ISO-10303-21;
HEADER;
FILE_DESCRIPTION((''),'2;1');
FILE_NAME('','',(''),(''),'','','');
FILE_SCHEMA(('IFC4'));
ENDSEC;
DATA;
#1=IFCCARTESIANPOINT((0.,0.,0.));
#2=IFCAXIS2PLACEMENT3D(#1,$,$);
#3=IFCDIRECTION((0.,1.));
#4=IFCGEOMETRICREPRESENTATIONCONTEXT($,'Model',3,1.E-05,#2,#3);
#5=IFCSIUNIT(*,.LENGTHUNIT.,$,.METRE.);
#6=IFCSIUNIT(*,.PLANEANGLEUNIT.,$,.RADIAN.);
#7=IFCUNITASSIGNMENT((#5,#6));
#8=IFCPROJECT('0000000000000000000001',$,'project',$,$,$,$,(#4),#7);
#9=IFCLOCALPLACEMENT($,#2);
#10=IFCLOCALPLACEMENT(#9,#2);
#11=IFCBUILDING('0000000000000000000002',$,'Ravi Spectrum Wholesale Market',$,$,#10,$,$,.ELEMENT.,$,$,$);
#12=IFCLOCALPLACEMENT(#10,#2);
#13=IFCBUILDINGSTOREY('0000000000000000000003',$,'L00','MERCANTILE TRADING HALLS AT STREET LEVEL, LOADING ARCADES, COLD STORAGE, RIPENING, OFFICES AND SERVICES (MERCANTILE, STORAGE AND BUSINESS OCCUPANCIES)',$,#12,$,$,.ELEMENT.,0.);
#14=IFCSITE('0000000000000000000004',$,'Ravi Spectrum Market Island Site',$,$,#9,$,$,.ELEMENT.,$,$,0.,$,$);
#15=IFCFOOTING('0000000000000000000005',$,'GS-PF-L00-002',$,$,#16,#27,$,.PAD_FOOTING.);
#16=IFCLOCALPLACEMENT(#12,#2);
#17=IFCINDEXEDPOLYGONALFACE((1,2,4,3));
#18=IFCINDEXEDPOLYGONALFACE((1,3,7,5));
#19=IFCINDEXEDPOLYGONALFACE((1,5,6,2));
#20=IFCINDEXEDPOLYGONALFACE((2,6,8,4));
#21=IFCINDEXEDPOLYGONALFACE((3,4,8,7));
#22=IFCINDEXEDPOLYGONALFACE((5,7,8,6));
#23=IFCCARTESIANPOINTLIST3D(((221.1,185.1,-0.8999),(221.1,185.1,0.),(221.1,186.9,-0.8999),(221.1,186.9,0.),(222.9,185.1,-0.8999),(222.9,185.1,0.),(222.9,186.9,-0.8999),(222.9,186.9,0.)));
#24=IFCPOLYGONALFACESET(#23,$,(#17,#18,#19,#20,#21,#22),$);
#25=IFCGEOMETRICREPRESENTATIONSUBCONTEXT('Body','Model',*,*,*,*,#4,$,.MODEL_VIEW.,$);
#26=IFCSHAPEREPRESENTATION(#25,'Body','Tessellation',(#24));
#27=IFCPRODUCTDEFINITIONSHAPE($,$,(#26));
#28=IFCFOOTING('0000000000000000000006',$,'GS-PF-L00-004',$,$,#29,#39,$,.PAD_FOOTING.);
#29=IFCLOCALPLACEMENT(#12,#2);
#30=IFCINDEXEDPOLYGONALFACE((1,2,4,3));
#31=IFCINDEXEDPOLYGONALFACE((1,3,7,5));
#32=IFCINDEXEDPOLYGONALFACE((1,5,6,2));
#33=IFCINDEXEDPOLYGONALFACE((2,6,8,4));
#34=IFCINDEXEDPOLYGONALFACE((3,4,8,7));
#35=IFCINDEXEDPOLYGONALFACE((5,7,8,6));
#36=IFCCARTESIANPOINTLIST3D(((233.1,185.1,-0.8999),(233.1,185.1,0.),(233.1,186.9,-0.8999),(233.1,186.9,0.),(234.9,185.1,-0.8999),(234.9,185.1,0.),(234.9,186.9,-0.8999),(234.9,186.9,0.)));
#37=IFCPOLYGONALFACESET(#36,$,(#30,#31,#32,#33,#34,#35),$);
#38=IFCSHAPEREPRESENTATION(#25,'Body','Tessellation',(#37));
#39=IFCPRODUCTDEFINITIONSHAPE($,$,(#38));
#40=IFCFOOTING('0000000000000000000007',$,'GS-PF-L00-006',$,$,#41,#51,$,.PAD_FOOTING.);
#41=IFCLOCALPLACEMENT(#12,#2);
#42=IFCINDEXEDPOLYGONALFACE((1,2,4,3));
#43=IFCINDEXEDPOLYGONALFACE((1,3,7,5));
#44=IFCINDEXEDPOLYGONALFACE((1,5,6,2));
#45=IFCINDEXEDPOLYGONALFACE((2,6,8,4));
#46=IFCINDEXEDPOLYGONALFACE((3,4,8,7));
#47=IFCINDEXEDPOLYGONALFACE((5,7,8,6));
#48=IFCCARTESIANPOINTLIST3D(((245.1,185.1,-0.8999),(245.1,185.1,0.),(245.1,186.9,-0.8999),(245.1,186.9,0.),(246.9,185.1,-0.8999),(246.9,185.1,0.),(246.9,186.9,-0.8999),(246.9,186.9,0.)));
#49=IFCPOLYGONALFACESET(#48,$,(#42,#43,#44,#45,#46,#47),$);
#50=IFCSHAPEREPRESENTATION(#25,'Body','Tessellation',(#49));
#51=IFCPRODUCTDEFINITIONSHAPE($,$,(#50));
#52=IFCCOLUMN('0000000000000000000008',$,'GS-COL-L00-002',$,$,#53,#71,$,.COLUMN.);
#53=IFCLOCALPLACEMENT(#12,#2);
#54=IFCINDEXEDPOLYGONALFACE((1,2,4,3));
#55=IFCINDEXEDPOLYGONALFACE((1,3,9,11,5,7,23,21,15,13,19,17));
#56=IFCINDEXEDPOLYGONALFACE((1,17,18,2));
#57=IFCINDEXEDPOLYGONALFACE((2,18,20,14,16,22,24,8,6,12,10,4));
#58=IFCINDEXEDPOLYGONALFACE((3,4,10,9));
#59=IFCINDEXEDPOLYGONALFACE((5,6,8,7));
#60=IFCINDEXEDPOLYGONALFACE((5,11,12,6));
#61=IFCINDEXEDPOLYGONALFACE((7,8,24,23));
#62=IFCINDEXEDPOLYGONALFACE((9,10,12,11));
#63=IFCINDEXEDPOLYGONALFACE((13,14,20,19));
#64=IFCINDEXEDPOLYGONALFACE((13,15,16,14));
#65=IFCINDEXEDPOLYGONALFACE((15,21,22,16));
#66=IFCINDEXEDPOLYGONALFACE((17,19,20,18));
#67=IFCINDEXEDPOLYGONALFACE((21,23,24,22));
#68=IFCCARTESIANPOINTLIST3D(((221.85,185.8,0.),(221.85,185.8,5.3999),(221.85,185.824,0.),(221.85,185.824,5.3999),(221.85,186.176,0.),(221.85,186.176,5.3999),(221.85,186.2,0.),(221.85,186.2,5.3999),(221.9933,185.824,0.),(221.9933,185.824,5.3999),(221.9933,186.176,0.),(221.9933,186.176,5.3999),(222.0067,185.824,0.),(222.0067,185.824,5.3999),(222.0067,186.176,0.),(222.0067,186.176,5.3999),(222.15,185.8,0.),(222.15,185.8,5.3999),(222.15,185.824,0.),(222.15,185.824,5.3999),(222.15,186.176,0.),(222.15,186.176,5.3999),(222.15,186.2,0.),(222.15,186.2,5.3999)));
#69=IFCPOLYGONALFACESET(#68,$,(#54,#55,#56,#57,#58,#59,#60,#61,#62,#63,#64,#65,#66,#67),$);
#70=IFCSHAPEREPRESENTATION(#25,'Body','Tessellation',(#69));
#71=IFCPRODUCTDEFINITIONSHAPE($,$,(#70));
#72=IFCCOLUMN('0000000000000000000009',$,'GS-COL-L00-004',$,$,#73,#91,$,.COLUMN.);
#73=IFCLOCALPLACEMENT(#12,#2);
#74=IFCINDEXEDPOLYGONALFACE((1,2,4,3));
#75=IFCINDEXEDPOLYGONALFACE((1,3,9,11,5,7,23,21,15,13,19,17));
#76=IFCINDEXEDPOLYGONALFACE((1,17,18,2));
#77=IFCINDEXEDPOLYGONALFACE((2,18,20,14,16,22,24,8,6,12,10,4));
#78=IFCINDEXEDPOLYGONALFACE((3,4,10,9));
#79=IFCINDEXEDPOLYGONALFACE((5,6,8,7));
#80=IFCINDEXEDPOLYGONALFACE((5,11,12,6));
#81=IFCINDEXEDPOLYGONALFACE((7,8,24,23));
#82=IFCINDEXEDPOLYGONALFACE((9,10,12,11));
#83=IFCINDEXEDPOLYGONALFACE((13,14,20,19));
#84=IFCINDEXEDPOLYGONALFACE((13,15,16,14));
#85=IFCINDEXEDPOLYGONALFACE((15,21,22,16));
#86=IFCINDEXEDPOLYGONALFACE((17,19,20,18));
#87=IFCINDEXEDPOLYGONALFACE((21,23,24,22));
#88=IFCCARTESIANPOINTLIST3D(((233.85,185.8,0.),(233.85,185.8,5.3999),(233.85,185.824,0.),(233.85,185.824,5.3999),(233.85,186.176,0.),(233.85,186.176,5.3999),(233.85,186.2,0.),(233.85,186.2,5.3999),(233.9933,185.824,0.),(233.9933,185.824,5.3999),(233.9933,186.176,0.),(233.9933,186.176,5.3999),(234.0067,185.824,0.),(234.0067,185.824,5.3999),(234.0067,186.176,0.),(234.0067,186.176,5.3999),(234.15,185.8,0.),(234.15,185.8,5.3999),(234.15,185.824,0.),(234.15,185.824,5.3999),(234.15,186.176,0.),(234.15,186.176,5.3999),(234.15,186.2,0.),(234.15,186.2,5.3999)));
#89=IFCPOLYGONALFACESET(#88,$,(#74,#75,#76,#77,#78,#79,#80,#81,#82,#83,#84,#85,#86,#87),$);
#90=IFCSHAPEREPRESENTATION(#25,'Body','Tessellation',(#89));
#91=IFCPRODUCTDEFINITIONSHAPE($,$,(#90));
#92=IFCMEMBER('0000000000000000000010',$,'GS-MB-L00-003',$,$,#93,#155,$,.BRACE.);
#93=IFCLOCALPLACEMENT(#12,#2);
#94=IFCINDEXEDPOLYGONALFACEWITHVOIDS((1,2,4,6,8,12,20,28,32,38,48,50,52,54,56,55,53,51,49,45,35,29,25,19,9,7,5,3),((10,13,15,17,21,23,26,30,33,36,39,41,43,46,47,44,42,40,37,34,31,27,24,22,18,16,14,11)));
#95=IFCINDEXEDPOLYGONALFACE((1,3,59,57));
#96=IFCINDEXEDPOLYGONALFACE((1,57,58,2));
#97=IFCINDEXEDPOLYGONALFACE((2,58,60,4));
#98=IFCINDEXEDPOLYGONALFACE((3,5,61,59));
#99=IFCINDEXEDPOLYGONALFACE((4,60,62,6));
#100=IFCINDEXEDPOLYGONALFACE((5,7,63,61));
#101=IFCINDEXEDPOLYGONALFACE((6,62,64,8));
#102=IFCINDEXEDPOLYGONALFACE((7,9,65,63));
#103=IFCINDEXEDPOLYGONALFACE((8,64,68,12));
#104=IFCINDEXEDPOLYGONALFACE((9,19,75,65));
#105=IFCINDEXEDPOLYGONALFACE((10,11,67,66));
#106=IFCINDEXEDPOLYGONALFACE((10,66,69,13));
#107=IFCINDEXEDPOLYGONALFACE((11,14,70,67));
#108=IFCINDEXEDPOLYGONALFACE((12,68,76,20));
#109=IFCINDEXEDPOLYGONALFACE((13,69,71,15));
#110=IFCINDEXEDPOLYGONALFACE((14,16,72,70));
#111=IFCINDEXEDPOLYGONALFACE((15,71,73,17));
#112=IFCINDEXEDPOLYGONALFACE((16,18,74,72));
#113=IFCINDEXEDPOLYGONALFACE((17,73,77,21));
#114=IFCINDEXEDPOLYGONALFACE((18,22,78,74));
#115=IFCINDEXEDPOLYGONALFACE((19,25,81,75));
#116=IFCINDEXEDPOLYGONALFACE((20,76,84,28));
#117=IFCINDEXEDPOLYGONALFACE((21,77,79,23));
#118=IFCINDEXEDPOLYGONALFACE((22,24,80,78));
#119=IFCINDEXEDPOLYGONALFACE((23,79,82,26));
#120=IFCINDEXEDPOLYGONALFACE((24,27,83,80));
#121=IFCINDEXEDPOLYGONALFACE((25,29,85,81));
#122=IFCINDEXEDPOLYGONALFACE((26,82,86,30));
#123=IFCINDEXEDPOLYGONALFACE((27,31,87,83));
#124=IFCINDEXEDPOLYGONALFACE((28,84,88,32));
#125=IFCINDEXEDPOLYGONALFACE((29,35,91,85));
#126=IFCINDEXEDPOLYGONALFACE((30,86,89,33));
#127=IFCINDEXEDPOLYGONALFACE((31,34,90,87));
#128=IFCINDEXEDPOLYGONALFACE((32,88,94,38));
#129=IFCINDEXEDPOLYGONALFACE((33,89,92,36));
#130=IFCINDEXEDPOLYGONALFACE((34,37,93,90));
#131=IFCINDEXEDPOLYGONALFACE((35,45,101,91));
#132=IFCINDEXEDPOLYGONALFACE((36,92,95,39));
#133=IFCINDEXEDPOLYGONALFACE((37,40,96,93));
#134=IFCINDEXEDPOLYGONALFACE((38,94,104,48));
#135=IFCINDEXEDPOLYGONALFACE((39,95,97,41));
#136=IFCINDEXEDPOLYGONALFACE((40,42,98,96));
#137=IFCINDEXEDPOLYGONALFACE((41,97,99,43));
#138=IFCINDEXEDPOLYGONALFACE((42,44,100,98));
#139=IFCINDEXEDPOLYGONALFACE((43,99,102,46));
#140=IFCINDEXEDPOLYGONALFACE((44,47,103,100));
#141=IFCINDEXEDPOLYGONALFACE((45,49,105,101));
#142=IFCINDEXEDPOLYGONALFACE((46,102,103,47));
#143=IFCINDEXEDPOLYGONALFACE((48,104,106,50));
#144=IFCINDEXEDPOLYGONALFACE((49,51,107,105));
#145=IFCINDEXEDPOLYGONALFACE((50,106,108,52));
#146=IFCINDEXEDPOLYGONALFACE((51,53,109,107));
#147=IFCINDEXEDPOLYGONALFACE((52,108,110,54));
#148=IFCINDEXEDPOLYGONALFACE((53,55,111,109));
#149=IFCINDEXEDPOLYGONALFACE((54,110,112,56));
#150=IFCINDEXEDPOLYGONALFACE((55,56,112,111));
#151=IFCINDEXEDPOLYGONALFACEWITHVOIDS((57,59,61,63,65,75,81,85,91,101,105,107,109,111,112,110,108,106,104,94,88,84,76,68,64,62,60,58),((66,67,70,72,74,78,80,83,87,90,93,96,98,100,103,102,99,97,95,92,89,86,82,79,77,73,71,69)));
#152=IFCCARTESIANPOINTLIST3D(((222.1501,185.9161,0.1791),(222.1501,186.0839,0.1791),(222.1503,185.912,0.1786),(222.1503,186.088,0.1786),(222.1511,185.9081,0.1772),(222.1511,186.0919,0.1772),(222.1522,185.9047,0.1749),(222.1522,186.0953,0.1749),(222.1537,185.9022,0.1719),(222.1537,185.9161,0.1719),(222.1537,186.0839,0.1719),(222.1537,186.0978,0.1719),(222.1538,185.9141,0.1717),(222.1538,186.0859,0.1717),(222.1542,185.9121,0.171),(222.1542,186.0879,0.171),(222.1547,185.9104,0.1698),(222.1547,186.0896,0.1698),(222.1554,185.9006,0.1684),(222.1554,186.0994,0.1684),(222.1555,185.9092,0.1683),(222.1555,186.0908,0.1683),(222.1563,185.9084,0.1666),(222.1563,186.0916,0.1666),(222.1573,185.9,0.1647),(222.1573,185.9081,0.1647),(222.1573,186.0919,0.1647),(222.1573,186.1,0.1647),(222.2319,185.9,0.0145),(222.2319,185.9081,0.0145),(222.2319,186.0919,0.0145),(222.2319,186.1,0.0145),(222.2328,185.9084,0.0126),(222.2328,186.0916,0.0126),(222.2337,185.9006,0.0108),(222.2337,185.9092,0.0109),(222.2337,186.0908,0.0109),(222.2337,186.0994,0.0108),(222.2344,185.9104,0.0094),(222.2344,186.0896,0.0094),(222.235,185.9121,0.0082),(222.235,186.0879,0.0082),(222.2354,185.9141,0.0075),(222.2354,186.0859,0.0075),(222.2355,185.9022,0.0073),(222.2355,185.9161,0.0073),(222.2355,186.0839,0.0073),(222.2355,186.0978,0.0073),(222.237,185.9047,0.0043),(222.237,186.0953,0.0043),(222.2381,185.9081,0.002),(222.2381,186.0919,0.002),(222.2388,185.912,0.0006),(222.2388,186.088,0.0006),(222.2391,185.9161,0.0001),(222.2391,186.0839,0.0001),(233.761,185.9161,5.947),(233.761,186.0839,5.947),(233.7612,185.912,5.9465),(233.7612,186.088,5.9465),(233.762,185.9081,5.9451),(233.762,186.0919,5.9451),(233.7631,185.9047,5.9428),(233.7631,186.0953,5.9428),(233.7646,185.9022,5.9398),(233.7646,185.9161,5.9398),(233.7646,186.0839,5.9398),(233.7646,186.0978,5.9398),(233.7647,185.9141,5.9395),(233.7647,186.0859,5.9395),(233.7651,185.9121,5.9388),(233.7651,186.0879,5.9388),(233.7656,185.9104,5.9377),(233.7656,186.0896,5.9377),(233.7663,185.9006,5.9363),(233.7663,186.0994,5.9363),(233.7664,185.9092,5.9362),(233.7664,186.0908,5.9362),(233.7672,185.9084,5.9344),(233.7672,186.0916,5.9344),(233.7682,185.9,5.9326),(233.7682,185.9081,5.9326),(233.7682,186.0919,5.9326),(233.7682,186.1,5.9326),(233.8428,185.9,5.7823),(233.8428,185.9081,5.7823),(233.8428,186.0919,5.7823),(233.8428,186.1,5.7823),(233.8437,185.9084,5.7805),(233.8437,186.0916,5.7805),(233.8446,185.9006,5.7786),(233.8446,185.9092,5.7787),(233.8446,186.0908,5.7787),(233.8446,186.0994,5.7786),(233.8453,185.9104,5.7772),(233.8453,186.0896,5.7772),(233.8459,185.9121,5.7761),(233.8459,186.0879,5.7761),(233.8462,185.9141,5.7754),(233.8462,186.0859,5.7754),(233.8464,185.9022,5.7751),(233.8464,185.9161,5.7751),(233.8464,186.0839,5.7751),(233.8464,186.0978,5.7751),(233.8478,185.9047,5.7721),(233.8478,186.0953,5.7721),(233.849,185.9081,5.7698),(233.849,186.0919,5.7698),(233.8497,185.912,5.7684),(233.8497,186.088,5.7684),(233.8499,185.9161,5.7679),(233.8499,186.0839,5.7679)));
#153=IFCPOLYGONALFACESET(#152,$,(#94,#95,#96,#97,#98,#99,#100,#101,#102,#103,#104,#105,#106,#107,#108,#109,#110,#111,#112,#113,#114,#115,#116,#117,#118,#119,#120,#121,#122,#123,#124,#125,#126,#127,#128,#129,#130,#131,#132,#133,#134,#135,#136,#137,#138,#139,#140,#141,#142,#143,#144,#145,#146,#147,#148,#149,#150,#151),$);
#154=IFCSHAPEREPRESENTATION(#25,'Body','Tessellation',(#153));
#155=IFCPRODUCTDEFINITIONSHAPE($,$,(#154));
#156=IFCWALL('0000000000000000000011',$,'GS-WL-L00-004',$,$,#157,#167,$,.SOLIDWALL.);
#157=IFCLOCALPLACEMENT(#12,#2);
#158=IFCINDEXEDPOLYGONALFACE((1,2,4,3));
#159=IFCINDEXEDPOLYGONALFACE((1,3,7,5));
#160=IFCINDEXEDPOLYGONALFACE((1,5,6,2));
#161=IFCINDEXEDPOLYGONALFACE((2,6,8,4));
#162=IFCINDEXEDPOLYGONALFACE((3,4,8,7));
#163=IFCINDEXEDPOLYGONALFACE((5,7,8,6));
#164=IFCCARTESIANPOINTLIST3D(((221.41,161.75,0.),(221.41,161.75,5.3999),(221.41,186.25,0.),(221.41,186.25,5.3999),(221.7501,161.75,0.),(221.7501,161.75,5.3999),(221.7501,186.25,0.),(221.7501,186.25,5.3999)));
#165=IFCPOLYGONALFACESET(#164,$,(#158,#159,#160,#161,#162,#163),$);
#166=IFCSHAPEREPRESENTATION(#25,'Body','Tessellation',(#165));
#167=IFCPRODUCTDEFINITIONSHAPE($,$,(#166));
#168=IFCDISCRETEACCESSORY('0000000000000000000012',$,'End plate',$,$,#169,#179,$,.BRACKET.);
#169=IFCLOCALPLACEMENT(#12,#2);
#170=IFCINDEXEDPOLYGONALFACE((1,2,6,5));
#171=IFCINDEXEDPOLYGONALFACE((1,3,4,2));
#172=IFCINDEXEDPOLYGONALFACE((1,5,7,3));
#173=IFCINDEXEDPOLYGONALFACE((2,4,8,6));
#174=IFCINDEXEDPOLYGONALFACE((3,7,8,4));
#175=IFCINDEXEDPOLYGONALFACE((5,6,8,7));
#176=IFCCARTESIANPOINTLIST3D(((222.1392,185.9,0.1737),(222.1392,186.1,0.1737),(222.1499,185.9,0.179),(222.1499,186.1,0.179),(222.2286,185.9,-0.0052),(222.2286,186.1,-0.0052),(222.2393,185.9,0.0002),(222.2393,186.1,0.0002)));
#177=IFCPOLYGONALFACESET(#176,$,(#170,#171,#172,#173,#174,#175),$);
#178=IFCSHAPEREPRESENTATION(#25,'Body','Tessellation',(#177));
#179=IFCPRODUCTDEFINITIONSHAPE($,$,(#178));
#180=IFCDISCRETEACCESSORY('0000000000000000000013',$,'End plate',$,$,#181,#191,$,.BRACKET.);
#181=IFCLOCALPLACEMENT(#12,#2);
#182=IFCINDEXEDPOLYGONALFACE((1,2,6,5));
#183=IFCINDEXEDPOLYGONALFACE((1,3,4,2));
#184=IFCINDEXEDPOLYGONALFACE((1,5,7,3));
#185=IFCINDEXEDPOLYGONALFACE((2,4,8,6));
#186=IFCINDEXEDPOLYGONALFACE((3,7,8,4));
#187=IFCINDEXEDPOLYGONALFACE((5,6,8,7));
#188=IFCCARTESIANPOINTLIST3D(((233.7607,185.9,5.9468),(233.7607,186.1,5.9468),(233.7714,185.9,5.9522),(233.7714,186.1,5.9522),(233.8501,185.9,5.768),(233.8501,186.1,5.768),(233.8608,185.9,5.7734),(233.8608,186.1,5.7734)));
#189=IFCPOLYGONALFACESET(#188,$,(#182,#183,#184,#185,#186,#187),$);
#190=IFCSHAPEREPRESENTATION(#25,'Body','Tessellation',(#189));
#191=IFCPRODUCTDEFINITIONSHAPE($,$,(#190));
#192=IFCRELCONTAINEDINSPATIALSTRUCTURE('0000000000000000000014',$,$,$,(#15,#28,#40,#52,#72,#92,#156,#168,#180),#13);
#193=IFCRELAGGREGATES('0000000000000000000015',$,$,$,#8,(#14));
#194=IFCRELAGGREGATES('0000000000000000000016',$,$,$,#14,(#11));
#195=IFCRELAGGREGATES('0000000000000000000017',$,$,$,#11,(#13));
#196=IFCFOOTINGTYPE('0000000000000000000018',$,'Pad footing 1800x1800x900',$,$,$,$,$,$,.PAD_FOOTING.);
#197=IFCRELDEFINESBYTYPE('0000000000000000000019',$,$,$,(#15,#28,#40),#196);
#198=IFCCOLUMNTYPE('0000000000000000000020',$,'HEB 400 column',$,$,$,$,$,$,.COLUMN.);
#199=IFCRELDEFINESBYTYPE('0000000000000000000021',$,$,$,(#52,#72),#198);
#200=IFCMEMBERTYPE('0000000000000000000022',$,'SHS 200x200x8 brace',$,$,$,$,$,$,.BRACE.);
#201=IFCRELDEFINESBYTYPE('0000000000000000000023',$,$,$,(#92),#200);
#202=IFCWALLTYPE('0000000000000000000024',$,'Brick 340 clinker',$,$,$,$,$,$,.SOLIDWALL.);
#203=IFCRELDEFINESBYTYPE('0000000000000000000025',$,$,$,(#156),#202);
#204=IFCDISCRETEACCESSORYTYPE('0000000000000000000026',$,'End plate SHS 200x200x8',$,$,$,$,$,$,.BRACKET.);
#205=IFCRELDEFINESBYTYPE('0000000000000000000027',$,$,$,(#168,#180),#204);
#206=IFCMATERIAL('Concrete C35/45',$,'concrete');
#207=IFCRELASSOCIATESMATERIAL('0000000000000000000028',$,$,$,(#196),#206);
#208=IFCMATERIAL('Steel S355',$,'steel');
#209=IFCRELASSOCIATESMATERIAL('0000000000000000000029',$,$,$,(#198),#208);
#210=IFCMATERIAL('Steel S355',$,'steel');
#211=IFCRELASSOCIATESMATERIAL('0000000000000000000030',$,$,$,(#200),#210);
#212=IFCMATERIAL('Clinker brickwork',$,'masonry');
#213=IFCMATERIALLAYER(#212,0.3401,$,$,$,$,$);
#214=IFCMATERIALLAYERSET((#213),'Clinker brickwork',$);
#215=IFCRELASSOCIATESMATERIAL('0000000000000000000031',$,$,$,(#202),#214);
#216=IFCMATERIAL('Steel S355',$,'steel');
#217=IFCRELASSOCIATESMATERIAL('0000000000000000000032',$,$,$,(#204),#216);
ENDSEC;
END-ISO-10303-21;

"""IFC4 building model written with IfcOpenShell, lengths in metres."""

from ifc_helpers import new_model, si_unit, direction, frame, frame_2d, origin, origin_2d, place, context, subcontext, project, spatial, rectangle, hollow_rectangle, i_section, extrude, material, layer, layer_set, material_profile, profile_set, type_object, element, save


model = new_model("IFC4")

# Units and contexts
model_context = context("Model", 3, precision=1e-05, world=origin(), true_north=direction((0.0, 1.0)))
body_context = subcontext(model_context, "Body", "Model", "MODEL_VIEW")
ifc_project = project(units=[si_unit("LENGTHUNIT", "METRE"), si_unit("PLANEANGLEUNIT", "RADIAN")], contexts=[model_context])

# Site, building, storey
site_placement = place(None, origin())
site = spatial("IfcSite", under=ifc_project, at=site_placement, Name="Ravi Spectrum Market Island Site", CompositionType="ELEMENT", RefElevation=0.0)
building_placement = place(site_placement, origin())
building = spatial("IfcBuilding", under=site, at=building_placement, Name="Ravi Spectrum Wholesale Market", CompositionType="ELEMENT")
storey_placement = place(building_placement, origin())
storey = spatial("IfcBuildingStorey", under=building, at=storey_placement, Name="L00", Description="MERCANTILE TRADING HALLS AT STREET LEVEL, LOADING ARCADES, COLD STORAGE, RIPENING, OFFICES AND SERVICES (MERCANTILE, STORAGE AND BUSINESS OCCUPANCIES)", CompositionType="ELEMENT", Elevation=0.0)

# Footings
ifc_material_1 = material(Name="Concrete C35/45", Category="concrete")
footing_type = type_object("IfcFootingType", Name="Pad footing 1800x1800x900", PredefinedType="PAD_FOOTING", material=ifc_material_1)
for number, where, z_axis, x_axis, name in (
    (1, (222.0, 186.0, -0.8999), (0.0, 0.0, 1.0), (1.0, 0.0, 0.0), "GS-PF-L00-002"),
    (2, (234.0, 186.0, -0.8999), (0.0, 0.0, 1.0), (1.0, 0.0, 0.0), "GS-PF-L00-004"),
    (3, (246.0, 186.0, -0.8999), (0.0, 0.0, 1.0), (1.0, 0.0, 0.0), "GS-PF-L00-006"),
):
    element("IfcFooting", number, at=place(storey_placement, frame(where, z_axis=z_axis, x_axis=x_axis)), inside=storey, type_object=footing_type, Name=name, PredefinedType="PAD_FOOTING", context=body_context, shape_type="SweptSolid", body=[
        extrude(rectangle(XDim=1.8, YDim=1.8, at=origin_2d()), origin(), (0.0, 0.0, 1.0), 0.8999),
    ])

# Columns
ifc_material_2 = material(Name="Steel S355", Category="steel")
ifc_material_profile_1 = material_profile(ifc_material_2, i_section(OverallWidth=0.3, OverallDepth=0.3999, WebThickness=0.0134, FlangeThickness=0.0239, at=origin_2d()))
ifc_profile_set_1 = profile_set([ifc_material_profile_1], Name="Steel S355")
column_type = type_object("IfcColumnType", Name="HEB 400 column", PredefinedType="COLUMN", material=ifc_profile_set_1)
for number, where, z_axis, x_axis, name in (
    (4, (222.0, 186.0, 0.0), (0.0, 0.0, 1.0), (1.0, 0.0, 0.0), "GS-COL-L00-002"),
    (5, (234.0, 186.0, 0.0), (0.0, 0.0, 1.0), (1.0, 0.0, 0.0), "GS-COL-L00-004"),
):
    element("IfcColumn", number, at=place(storey_placement, frame(where, z_axis=z_axis, x_axis=x_axis)), inside=storey, type_object=column_type, Name=name, PredefinedType="COLUMN", context=body_context, shape_type="SweptSolid", body=[
        extrude(i_section(OverallWidth=0.3, OverallDepth=0.3999, WebThickness=0.0134, FlangeThickness=0.0239, at=origin_2d()), origin(), (0.0, 0.0, 1.0), 5.3999),
    ])

# Member
ifc_material_3 = material(Name="Steel S355", Category="steel")
ifc_material_profile_2 = material_profile(ifc_material_3, hollow_rectangle(XDim=0.2, YDim=0.2, WallThickness=0.0081, InnerFilletRadius=0.0081, OuterFilletRadius=0.0161, at=origin_2d()))
ifc_profile_set_2 = profile_set([ifc_material_profile_2], Name="Steel S355")
member_type = type_object("IfcMemberType", Name="SHS 200x200x8 brace", PredefinedType="BRACE", material=ifc_profile_set_2)
member_placement = place(storey_placement, frame((222.1946, 186.0, 0.0896), z_axis=(0.895584, 0.0, 0.444892), x_axis=(0.0, 1.0, 0.0)))
element("IfcMember", 6, at=member_placement, inside=storey, type_object=member_type, Name="GS-MB-L00-003", PredefinedType="BRACE", context=body_context, shape_type="SweptSolid", body=[
    extrude(hollow_rectangle(XDim=0.2, YDim=0.2, WallThickness=0.0081, InnerFilletRadius=0.0081, OuterFilletRadius=0.0161, at=origin_2d()), origin(), (0.0, 0.0, 1.0), 12.9646),
])

# Wall
ifc_material_4 = material(Name="Clinker brickwork", Category="masonry")
ifc_layer = layer(ifc_material_4, 0.3401)
ifc_layer_set = layer_set([ifc_layer], Name="Clinker brickwork")
wall_type = type_object("IfcWallType", Name="Brick 340 clinker", PredefinedType="SOLIDWALL", material=ifc_layer_set)
wall_placement = place(storey_placement, frame((221.5801, 186.25, 0.0), z_axis=(0.0, 0.0, 1.0), x_axis=(0.0, -1.0, 0.0)))
element("IfcWall", 7, at=wall_placement, inside=storey, type_object=wall_type, Name="GS-WL-L00-004", PredefinedType="SOLIDWALL", context=body_context, shape_type="SweptSolid", body=[
    extrude(rectangle(XDim=24.5, YDim=0.3401, at=frame_2d((12.25, 0.0))), origin(), (0.0, 0.0, 1.0), 5.3999),
])

# Discrete accessories
ifc_material_5 = material(Name="Steel S355", Category="steel")
ifc_material_profile_3 = material_profile(ifc_material_5, rectangle(XDim=0.2, YDim=0.2, at=origin_2d()))
ifc_profile_set_3 = profile_set([ifc_material_profile_3], Name="Steel S355")
discrete_accessory_type = type_object("IfcDiscreteAccessoryType", Name="End plate SHS 200x200x8", PredefinedType="BRACKET", material=ifc_profile_set_3)
for number, where, z_axis, x_axis, name in (
    (8, (222.1946, 186.0, 0.0896), (-0.894427, 0.0, -0.447214), (0.0, -1.0, 0.0), "End plate"),
    (9, (233.8054, 186.0, 5.8574), (0.894427, 0.0, 0.447214), (0.0, 1.0, 0.0), "End plate"),
):
    element("IfcDiscreteAccessory", number, at=place(storey_placement, frame(where, z_axis=z_axis, x_axis=x_axis)), inside=storey, type_object=discrete_accessory_type, Name=name, PredefinedType="BRACKET", context=body_context, shape_type="SweptSolid", body=[
        extrude(rectangle(XDim=0.2, YDim=0.2, at=origin_2d()), origin(), (0.0, 0.0, 1.0), 0.012),
    ])

save(model, "model.ifc")
